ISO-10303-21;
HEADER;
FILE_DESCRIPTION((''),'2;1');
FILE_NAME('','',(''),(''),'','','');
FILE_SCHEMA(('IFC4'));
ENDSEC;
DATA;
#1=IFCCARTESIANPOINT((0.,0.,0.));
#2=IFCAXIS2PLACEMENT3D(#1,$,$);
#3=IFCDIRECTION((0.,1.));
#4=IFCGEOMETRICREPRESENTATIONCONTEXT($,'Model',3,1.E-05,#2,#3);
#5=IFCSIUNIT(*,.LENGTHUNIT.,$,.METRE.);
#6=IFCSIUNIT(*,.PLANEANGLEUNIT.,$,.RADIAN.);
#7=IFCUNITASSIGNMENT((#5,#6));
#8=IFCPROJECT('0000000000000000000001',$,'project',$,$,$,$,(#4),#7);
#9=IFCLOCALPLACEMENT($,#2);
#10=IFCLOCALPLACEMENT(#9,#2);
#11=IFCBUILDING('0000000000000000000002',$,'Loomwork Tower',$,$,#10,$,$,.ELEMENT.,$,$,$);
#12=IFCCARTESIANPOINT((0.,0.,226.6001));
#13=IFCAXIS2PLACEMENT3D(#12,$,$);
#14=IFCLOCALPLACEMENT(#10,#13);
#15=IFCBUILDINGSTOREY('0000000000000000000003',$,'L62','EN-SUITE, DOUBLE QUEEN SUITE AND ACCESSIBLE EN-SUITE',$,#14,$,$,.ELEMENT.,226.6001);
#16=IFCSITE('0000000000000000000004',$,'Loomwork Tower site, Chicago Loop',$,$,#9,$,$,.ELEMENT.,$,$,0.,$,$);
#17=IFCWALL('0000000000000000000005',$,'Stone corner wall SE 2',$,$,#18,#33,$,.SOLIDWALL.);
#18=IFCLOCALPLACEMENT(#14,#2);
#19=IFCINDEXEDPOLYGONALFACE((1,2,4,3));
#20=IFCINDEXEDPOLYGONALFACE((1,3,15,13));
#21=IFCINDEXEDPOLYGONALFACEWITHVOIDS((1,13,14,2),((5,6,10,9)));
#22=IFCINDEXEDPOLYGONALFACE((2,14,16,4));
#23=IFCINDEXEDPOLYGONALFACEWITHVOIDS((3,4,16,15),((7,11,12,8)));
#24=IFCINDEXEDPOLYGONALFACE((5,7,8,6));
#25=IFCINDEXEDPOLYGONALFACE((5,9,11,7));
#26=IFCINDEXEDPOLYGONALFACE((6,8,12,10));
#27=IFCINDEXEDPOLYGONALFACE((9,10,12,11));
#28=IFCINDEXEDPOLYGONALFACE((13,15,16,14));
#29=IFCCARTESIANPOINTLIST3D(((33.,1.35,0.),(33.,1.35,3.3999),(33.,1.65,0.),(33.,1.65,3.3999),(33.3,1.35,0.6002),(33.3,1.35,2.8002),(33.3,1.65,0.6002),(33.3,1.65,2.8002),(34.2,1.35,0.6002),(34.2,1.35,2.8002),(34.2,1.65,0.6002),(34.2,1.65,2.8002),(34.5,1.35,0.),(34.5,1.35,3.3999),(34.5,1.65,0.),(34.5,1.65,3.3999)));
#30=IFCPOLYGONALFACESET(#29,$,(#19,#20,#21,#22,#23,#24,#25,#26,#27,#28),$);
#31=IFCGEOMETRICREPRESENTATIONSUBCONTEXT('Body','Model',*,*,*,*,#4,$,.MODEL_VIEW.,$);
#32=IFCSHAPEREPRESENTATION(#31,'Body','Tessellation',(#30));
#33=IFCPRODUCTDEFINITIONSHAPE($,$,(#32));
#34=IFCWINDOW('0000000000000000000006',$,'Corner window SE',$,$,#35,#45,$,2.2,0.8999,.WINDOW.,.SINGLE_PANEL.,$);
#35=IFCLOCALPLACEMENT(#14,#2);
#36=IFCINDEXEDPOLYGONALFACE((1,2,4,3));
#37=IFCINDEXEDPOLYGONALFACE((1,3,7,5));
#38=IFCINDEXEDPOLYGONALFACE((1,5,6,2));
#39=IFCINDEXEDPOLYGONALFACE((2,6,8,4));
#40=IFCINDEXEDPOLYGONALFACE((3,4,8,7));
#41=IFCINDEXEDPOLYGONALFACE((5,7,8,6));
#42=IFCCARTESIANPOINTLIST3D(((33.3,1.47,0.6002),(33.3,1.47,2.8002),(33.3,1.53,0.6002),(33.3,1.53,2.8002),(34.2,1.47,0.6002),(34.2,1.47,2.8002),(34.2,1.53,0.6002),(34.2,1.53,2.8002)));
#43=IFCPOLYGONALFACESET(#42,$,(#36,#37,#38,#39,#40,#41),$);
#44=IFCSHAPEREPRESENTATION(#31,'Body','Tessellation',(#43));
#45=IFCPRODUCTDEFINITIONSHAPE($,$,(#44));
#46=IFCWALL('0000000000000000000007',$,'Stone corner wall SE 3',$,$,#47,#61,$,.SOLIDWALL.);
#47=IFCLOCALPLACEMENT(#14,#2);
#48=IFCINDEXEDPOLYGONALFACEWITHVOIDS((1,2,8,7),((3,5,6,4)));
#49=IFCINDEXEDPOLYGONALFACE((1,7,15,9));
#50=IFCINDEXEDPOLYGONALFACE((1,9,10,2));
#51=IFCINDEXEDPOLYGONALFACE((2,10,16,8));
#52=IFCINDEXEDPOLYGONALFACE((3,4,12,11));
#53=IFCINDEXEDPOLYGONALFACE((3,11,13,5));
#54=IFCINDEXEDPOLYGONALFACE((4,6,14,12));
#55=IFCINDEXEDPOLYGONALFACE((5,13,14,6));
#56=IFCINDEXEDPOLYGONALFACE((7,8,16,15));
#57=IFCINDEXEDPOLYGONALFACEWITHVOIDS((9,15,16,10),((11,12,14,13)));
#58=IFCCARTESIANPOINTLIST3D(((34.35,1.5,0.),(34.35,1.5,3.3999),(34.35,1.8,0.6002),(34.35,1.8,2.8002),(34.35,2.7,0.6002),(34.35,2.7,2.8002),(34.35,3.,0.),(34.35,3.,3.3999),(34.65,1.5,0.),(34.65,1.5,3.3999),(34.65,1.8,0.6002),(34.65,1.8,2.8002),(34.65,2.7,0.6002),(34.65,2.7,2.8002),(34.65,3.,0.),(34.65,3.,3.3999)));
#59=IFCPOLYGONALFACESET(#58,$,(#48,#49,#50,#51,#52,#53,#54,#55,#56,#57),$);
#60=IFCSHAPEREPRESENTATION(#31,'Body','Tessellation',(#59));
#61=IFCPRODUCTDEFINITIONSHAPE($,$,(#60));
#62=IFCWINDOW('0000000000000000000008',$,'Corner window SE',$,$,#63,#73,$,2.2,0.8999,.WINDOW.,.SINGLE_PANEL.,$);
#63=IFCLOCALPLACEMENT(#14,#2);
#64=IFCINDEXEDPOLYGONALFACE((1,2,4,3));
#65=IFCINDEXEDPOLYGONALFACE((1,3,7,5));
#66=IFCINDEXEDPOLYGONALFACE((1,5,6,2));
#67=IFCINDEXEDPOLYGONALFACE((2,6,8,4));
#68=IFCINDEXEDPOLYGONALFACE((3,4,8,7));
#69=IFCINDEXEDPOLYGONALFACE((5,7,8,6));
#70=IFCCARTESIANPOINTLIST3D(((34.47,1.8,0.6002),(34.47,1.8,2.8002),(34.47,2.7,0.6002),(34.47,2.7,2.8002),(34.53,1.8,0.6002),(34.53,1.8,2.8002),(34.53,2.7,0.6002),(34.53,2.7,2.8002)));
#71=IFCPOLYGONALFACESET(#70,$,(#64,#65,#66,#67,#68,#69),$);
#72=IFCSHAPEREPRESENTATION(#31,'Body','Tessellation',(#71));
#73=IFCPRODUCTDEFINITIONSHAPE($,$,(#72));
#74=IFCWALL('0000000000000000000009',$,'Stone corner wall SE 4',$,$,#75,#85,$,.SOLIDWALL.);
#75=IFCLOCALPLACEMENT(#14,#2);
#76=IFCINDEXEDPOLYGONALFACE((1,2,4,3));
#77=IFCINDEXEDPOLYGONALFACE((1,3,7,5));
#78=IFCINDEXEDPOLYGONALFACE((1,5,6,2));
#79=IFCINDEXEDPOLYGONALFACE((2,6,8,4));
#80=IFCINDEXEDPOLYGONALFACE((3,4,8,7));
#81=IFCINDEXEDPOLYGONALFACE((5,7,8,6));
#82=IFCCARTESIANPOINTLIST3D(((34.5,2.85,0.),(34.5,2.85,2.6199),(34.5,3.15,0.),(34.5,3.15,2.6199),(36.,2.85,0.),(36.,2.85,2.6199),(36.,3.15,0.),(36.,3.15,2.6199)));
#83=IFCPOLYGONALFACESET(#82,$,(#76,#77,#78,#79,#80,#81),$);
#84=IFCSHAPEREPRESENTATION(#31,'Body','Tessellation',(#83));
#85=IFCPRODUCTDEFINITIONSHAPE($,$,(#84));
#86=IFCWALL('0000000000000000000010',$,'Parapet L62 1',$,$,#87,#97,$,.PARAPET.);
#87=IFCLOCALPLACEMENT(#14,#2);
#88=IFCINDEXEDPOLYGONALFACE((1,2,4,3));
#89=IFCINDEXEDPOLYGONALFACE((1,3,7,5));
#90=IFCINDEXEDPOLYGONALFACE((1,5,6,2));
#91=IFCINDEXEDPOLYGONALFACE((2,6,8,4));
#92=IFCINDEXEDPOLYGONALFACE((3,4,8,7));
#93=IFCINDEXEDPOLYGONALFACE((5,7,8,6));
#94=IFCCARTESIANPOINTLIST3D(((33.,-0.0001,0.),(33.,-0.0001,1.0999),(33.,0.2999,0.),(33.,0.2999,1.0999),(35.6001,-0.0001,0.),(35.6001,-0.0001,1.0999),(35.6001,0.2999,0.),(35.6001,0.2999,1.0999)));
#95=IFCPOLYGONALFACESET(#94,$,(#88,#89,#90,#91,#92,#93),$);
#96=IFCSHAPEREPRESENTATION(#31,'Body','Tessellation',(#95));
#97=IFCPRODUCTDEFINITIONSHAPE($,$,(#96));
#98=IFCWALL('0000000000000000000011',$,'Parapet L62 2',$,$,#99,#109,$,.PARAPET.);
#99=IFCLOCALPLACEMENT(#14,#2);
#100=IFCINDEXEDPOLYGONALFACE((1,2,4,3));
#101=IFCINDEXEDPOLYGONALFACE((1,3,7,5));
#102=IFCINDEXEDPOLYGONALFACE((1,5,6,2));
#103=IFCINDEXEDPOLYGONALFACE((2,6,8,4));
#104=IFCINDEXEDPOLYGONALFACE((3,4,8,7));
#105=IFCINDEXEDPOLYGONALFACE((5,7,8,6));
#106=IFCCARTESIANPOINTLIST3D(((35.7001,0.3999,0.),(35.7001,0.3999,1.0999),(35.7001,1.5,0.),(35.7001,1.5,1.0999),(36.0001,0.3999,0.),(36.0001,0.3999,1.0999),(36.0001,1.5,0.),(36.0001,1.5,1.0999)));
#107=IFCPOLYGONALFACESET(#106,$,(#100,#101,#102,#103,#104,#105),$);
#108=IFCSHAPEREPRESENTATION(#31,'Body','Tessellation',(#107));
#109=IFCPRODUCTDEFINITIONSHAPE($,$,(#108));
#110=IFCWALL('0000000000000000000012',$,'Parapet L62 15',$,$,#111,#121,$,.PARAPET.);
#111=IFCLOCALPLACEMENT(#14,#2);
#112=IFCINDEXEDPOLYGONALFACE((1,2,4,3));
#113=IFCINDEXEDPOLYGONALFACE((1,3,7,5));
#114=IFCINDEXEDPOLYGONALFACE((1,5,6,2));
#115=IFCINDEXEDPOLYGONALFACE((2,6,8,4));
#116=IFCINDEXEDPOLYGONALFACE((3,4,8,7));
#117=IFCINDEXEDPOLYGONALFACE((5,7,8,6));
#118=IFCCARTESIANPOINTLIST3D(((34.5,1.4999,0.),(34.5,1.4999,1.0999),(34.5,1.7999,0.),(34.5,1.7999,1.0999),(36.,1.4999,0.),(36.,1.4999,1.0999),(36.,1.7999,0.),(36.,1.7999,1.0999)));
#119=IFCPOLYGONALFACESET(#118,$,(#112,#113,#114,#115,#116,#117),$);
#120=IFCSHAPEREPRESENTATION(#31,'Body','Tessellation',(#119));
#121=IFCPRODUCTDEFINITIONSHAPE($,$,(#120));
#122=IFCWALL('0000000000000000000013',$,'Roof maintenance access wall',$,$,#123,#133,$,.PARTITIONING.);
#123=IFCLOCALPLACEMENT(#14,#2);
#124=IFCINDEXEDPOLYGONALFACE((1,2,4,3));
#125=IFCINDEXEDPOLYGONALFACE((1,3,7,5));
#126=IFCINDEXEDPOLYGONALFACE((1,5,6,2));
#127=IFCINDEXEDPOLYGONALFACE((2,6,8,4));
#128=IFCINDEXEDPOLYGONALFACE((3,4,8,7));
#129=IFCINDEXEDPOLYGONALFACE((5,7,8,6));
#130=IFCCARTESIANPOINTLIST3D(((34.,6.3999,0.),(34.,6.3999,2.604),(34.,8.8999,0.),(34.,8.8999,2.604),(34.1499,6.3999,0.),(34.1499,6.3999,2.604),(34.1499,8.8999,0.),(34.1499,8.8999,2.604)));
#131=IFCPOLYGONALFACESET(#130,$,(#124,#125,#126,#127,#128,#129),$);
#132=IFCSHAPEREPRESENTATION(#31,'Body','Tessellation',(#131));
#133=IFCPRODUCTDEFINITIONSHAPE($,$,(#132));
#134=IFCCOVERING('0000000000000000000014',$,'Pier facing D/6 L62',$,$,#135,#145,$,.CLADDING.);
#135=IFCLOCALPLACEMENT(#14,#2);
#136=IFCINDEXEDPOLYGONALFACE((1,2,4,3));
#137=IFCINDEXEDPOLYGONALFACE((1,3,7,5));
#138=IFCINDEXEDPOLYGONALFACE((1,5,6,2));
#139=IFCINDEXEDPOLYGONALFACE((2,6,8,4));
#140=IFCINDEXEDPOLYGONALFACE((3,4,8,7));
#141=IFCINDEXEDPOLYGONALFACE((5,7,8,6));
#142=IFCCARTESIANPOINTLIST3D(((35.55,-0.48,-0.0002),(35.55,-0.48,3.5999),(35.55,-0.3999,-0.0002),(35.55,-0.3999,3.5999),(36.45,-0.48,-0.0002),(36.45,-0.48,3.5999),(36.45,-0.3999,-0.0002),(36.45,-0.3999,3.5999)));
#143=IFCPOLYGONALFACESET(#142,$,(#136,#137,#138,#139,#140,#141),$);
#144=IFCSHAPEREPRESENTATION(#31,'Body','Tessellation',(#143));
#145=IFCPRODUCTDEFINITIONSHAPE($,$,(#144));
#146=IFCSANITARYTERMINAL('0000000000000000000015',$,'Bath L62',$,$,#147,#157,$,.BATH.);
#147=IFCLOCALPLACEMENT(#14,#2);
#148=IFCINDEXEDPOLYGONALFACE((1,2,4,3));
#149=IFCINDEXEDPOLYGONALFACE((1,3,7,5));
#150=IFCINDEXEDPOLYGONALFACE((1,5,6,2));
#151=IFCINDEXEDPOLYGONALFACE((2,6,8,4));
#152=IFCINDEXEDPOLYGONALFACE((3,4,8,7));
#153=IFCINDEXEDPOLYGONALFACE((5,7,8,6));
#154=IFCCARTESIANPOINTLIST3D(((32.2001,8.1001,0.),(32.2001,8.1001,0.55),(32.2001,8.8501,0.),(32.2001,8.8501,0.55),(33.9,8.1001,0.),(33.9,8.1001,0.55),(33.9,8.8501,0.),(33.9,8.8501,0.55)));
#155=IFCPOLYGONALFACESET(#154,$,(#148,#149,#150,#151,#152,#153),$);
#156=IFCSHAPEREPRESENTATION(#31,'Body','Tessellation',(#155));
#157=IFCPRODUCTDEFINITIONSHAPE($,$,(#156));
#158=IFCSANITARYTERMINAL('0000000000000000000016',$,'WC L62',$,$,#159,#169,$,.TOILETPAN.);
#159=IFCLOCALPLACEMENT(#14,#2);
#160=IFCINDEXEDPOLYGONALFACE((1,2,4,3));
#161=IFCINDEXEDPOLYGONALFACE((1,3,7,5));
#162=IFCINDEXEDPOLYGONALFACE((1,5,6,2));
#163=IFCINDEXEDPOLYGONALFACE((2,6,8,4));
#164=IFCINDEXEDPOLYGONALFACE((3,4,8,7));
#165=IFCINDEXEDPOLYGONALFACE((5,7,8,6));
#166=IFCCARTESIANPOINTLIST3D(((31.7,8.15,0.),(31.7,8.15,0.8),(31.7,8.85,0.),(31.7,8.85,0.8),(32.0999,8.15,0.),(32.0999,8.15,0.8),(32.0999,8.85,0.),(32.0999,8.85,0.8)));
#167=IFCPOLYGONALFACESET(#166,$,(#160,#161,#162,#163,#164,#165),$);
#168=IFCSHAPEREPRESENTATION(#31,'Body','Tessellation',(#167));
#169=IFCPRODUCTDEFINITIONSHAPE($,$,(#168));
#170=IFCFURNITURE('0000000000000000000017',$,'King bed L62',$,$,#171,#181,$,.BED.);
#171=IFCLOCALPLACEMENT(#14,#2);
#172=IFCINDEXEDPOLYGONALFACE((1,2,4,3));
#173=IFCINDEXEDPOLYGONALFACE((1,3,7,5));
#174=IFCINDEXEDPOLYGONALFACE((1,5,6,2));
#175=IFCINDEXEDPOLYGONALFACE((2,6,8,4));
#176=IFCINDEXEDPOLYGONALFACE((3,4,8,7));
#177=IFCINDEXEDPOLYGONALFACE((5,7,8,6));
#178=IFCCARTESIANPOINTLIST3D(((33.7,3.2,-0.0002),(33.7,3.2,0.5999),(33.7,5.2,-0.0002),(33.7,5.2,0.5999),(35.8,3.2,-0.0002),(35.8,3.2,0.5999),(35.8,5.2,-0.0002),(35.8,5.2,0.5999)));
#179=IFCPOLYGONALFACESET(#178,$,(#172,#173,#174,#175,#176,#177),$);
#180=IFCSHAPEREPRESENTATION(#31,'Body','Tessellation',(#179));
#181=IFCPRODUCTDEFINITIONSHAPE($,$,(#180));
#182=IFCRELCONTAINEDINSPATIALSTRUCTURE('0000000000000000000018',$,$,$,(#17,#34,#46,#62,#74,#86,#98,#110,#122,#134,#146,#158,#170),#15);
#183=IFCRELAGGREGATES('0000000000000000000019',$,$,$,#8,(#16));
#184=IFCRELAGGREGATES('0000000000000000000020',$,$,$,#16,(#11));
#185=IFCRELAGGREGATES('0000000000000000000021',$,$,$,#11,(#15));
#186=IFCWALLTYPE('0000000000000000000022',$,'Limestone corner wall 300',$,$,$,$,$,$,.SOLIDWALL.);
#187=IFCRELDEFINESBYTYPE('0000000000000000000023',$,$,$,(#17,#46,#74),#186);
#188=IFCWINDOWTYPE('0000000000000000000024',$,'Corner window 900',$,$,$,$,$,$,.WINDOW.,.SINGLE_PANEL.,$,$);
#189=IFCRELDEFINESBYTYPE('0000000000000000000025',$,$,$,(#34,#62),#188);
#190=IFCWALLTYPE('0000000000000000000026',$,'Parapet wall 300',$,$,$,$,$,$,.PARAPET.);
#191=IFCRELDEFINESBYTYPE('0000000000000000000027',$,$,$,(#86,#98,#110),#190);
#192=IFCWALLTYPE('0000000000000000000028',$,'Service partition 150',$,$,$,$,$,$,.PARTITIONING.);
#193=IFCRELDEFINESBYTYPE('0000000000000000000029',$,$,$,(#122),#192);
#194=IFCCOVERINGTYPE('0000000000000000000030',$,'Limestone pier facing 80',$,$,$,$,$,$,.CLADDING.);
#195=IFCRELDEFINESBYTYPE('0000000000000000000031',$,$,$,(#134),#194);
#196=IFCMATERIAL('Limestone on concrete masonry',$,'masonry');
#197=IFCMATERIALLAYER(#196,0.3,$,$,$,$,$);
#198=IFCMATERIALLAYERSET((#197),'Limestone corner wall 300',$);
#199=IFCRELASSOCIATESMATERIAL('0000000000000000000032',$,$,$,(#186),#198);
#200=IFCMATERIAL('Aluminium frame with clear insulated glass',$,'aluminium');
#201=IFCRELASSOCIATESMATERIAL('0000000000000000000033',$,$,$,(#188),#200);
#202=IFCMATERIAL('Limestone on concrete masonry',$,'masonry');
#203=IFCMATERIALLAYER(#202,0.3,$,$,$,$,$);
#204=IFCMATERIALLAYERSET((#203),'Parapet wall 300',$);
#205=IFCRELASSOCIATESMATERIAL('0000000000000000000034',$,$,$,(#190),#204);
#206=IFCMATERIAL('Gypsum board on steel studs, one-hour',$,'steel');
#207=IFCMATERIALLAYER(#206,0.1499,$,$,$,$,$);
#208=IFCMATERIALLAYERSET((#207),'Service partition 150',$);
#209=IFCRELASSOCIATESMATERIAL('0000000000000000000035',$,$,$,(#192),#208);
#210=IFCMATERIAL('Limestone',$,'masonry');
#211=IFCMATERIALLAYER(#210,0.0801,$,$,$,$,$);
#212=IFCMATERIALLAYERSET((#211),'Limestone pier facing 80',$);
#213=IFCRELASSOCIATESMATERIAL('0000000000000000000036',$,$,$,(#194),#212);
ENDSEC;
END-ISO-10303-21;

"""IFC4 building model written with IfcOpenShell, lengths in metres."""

from ifc_helpers import new_model, si_unit, direction, frame, frame_2d, origin, origin_2d, place, context, subcontext, project, spatial, rectangle, extrude, material, layer, layer_set, type_object, element, fill, save


model = new_model("IFC4")

# Units and contexts
model_context = context("Model", 3, precision=1e-05, world=origin(), true_north=direction((0.0, 1.0)))
body_context = subcontext(model_context, "Body", "Model", "MODEL_VIEW")
ifc_project = project(units=[si_unit("LENGTHUNIT", "METRE"), si_unit("PLANEANGLEUNIT", "RADIAN")], contexts=[model_context])

# Site, building, storey
site_placement = place(None, origin())
site = spatial("IfcSite", under=ifc_project, at=site_placement, Name="Loomwork Tower site, Chicago Loop", CompositionType="ELEMENT", RefElevation=0.0)
building_placement = place(site_placement, origin())
building = spatial("IfcBuilding", under=site, at=building_placement, Name="Loomwork Tower", CompositionType="ELEMENT")
storey_placement = place(building_placement, frame((0.0, 0.0, 226.6001)))
storey = spatial("IfcBuildingStorey", under=building, at=storey_placement, Name="L62", Description="EN-SUITE, DOUBLE QUEEN SUITE AND ACCESSIBLE EN-SUITE", CompositionType="ELEMENT", Elevation=226.6001)

# Shared definitions
ifc_material_1 = material(Name="Limestone on concrete masonry", Category="masonry")
ifc_layer_1 = layer(ifc_material_1, 0.3)
ifc_layer_set_1 = layer_set([ifc_layer_1], Name="Limestone corner wall 300")
wall_type_1 = type_object("IfcWallType", Name="Limestone corner wall 300", PredefinedType="SOLIDWALL", material=ifc_layer_set_1)

# Walls, openings, windows
wall_1_placement = place(storey_placement, frame((33.0, 1.5, 0.0), z_axis=(0.0, 0.0, 1.0), x_axis=(1.0, 0.0, 0.0)))
wall_1 = element("IfcWall", 1, at=wall_1_placement, inside=storey, type_object=wall_type_1, Name="Stone corner wall SE 2", PredefinedType="SOLIDWALL", context=body_context, shape_type="SweptSolid", body=[
    extrude(rectangle(XDim=1.5, YDim=0.3, at=frame_2d((0.75, 0.0))), origin(), (0.0, 0.0, 1.0), 3.3999),
])
opening_1_placement = place(wall_1_placement, frame((0.3, 0.0, 0.6001)))
opening_1 = element("IfcOpeningElement", 2, at=opening_1_placement, cuts=wall_1, PredefinedType="OPENING", context=body_context, shape_type="SweptSolid", body=[
    extrude(rectangle(XDim=0.8999, YDim=2.2, at=frame_2d((0.45, 1.1001))), frame((0.0, 0.1599, 0.0), z_axis=(0.0, -1.0, 0.0), x_axis=(1.0, 0.0, 0.0)), (0.0, 0.0, 1.0), 0.3201),
])
ifc_material_2 = material(Name="Aluminium frame with clear insulated glass", Category="aluminium")
window_type = type_object("IfcWindowType", Name="Corner window 900", PartitioningType="SINGLE_PANEL", PredefinedType="WINDOW", material=ifc_material_2)
window_1_placement = place(opening_1_placement, origin())
window_1 = element("IfcWindow", 3, at=window_1_placement, inside=storey, type_object=window_type, Name="Corner window SE", OverallHeight=2.2, OverallWidth=0.8999, PartitioningType="SINGLE_PANEL", PredefinedType="WINDOW", context=body_context, shape_type="SweptSolid", body=[
    extrude(rectangle(XDim=0.8999, YDim=2.2, at=frame_2d((0.45, 1.1001))), frame((0.0, 0.03, 0.0), z_axis=(0.0, -1.0, 0.0), x_axis=(1.0, 0.0, 0.0)), (0.0, 0.0, 1.0), 0.0601),
])
fill(opening_1, window_1)
wall_2_placement = place(storey_placement, frame((34.5, 1.5, 0.0), z_axis=(0.0, 0.0, 1.0), x_axis=(0.0, 1.0, 0.0)))
wall_2 = element("IfcWall", 4, at=wall_2_placement, inside=storey, type_object=wall_type_1, Name="Stone corner wall SE 3", PredefinedType="SOLIDWALL", context=body_context, shape_type="SweptSolid", body=[
    extrude(rectangle(XDim=1.5, YDim=0.3, at=frame_2d((0.75, 0.0))), origin(), (0.0, 0.0, 1.0), 3.3999),
])
opening_2_placement = place(wall_2_placement, frame((0.3, 0.0, 0.6001)))
opening_2 = element("IfcOpeningElement", 5, at=opening_2_placement, cuts=wall_2, PredefinedType="OPENING", context=body_context, shape_type="SweptSolid", body=[
    extrude(rectangle(XDim=0.8999, YDim=2.2, at=frame_2d((0.45, 1.1001))), frame((0.0, 0.1599, 0.0), z_axis=(0.0, -1.0, 0.0), x_axis=(1.0, 0.0, 0.0)), (0.0, 0.0, 1.0), 0.3201),
])
window_2_placement = place(opening_2_placement, origin())
window_2 = element("IfcWindow", 6, at=window_2_placement, inside=storey, type_object=window_type, Name="Corner window SE", OverallHeight=2.2, OverallWidth=0.8999, PartitioningType="SINGLE_PANEL", PredefinedType="WINDOW", context=body_context, shape_type="SweptSolid", body=[
    extrude(rectangle(XDim=0.8999, YDim=2.2, at=frame_2d((0.45, 1.1001))), frame((0.0, 0.03, 0.0), z_axis=(0.0, -1.0, 0.0), x_axis=(1.0, 0.0, 0.0)), (0.0, 0.0, 1.0), 0.0601),
])
fill(opening_2, window_2)

# Walls
wall_3_placement = place(storey_placement, frame((34.5, 3.0, 0.0), z_axis=(0.0, 0.0, 1.0), x_axis=(1.0, 0.0, 0.0)))
element("IfcWall", 7, at=wall_3_placement, inside=storey, type_object=wall_type_1, Name="Stone corner wall SE 4", PredefinedType="SOLIDWALL", context=body_context, shape_type="SweptSolid", body=[
    extrude(rectangle(XDim=1.5, YDim=0.3, at=frame_2d((0.75, 0.0))), origin(), (0.0, 0.0, 1.0), 2.6199),
])
ifc_material_3 = material(Name="Limestone on concrete masonry", Category="masonry")
ifc_layer_2 = layer(ifc_material_3, 0.3)
ifc_layer_set_2 = layer_set([ifc_layer_2], Name="Parapet wall 300")
wall_type_2 = type_object("IfcWallType", Name="Parapet wall 300", PredefinedType="PARAPET", material=ifc_layer_set_2)
wall_4_placement = place(storey_placement, frame((35.6001, 0.1499, 0.0), z_axis=(0.0, 0.0, 1.0), x_axis=(-1.0, 0.0, 0.0)))
element("IfcWall", 8, at=wall_4_placement, inside=storey, type_object=wall_type_2, Name="Parapet L62 1", PredefinedType="PARAPET", context=body_context, shape_type="SweptSolid", body=[
    extrude(rectangle(XDim=2.6001, YDim=0.3, at=frame_2d((1.3, 0.0))), origin(), (0.0, 0.0, 1.0), 1.0999),
])
wall_5_placement = place(storey_placement, frame((35.8501, 1.5, 0.0), z_axis=(0.0, 0.0, 1.0), x_axis=(0.0, -1.0, 0.0)))
element("IfcWall", 9, at=wall_5_placement, inside=storey, type_object=wall_type_2, Name="Parapet L62 2", PredefinedType="PARAPET", context=body_context, shape_type="SweptSolid", body=[
    extrude(rectangle(XDim=1.1001, YDim=0.3, at=frame_2d((0.55, 0.0))), origin(), (0.0, 0.0, 1.0), 1.0999),
])
wall_6_placement = place(storey_placement, frame((36.0, 1.6499, 0.0), z_axis=(0.0, 0.0, 1.0), x_axis=(-1.0, 0.0, 0.0)))
element("IfcWall", 10, at=wall_6_placement, inside=storey, type_object=wall_type_2, Name="Parapet L62 15", PredefinedType="PARAPET", context=body_context, shape_type="SweptSolid", body=[
    extrude(rectangle(XDim=1.5, YDim=0.3, at=frame_2d((0.75, 0.0))), origin(), (0.0, 0.0, 1.0), 1.0999),
])
ifc_material_4 = material(Name="Gypsum board on steel studs, one-hour", Category="steel")
ifc_layer_3 = layer(ifc_material_4, 0.1499)
ifc_layer_set_3 = layer_set([ifc_layer_3], Name="Service partition 150")
wall_type_3 = type_object("IfcWallType", Name="Service partition 150", PredefinedType="PARTITIONING", material=ifc_layer_set_3)
wall_7_placement = place(storey_placement, frame((34.075, 8.8999, 0.0), z_axis=(0.0, 0.0, 1.0), x_axis=(0.0, -1.0, 0.0)))
element("IfcWall", 11, at=wall_7_placement, inside=storey, type_object=wall_type_3, Name="Roof maintenance access wall", PredefinedType="PARTITIONING", context=body_context, shape_type="SweptSolid", body=[
    extrude(rectangle(XDim=2.5, YDim=0.1499, at=frame_2d((1.25, 0.0))), origin(), (0.0, 0.0, 1.0), 2.604),
])

# Covering
ifc_material_5 = material(Name="Limestone", Category="masonry")
ifc_layer_4 = layer(ifc_material_5, 0.0801)
ifc_layer_set_4 = layer_set([ifc_layer_4], Name="Limestone pier facing 80")
covering_type = type_object("IfcCoveringType", Name="Limestone pier facing 80", PredefinedType="CLADDING", material=ifc_layer_set_4)
covering_placement = place(storey_placement, frame((36.0, -0.4399, -0.0002), z_axis=(0.0, 0.0, 1.0), x_axis=(1.0, 0.0, 0.0)))
element("IfcCovering", 12, at=covering_placement, inside=storey, type_object=covering_type, Name="Pier facing D/6 L62", PredefinedType="CLADDING", context=body_context, shape_type="SweptSolid", body=[
    extrude(rectangle(XDim=0.8999, YDim=0.0801, at=origin_2d()), origin(), (0.0, 0.0, 1.0), 3.6001),
])

# Sanitary terminals
sanitary_terminal_1_placement = place(storey_placement, frame((33.05, 8.4751, 0.0), z_axis=(0.0, 0.0, 1.0), x_axis=(1.0, 0.0, 0.0)))
element("IfcSanitaryTerminal", 13, at=sanitary_terminal_1_placement, inside=storey, Name="Bath L62", PredefinedType="BATH", context=body_context, shape_type="SweptSolid", body=[
    extrude(rectangle(XDim=1.7, YDim=0.75, at=origin_2d()), origin(), (0.0, 0.0, 1.0), 0.55),
])
sanitary_terminal_2_placement = place(storey_placement, frame((31.8999, 8.5, 0.0), z_axis=(0.0, 0.0, 1.0), x_axis=(1.0, 0.0, 0.0)))
element("IfcSanitaryTerminal", 14, at=sanitary_terminal_2_placement, inside=storey, Name="WC L62", PredefinedType="TOILETPAN", context=body_context, shape_type="SweptSolid", body=[
    extrude(rectangle(XDim=0.3999, YDim=0.7, at=origin_2d()), origin(), (0.0, 0.0, 1.0), 0.8),
])

# Furniture
furniture_placement = place(storey_placement, frame((34.75, 4.2, -0.0002), z_axis=(0.0, 0.0, 1.0), x_axis=(1.0, 0.0, 0.0)))
element("IfcFurniture", 15, at=furniture_placement, inside=storey, Name="King bed L62", PredefinedType="BED", context=body_context, shape_type="SweptSolid", body=[
    extrude(rectangle(XDim=2.1001, YDim=2.0, at=origin_2d()), origin(), (0.0, 0.0, 1.0), 0.6001),
])

save(model, "model.ifc")
